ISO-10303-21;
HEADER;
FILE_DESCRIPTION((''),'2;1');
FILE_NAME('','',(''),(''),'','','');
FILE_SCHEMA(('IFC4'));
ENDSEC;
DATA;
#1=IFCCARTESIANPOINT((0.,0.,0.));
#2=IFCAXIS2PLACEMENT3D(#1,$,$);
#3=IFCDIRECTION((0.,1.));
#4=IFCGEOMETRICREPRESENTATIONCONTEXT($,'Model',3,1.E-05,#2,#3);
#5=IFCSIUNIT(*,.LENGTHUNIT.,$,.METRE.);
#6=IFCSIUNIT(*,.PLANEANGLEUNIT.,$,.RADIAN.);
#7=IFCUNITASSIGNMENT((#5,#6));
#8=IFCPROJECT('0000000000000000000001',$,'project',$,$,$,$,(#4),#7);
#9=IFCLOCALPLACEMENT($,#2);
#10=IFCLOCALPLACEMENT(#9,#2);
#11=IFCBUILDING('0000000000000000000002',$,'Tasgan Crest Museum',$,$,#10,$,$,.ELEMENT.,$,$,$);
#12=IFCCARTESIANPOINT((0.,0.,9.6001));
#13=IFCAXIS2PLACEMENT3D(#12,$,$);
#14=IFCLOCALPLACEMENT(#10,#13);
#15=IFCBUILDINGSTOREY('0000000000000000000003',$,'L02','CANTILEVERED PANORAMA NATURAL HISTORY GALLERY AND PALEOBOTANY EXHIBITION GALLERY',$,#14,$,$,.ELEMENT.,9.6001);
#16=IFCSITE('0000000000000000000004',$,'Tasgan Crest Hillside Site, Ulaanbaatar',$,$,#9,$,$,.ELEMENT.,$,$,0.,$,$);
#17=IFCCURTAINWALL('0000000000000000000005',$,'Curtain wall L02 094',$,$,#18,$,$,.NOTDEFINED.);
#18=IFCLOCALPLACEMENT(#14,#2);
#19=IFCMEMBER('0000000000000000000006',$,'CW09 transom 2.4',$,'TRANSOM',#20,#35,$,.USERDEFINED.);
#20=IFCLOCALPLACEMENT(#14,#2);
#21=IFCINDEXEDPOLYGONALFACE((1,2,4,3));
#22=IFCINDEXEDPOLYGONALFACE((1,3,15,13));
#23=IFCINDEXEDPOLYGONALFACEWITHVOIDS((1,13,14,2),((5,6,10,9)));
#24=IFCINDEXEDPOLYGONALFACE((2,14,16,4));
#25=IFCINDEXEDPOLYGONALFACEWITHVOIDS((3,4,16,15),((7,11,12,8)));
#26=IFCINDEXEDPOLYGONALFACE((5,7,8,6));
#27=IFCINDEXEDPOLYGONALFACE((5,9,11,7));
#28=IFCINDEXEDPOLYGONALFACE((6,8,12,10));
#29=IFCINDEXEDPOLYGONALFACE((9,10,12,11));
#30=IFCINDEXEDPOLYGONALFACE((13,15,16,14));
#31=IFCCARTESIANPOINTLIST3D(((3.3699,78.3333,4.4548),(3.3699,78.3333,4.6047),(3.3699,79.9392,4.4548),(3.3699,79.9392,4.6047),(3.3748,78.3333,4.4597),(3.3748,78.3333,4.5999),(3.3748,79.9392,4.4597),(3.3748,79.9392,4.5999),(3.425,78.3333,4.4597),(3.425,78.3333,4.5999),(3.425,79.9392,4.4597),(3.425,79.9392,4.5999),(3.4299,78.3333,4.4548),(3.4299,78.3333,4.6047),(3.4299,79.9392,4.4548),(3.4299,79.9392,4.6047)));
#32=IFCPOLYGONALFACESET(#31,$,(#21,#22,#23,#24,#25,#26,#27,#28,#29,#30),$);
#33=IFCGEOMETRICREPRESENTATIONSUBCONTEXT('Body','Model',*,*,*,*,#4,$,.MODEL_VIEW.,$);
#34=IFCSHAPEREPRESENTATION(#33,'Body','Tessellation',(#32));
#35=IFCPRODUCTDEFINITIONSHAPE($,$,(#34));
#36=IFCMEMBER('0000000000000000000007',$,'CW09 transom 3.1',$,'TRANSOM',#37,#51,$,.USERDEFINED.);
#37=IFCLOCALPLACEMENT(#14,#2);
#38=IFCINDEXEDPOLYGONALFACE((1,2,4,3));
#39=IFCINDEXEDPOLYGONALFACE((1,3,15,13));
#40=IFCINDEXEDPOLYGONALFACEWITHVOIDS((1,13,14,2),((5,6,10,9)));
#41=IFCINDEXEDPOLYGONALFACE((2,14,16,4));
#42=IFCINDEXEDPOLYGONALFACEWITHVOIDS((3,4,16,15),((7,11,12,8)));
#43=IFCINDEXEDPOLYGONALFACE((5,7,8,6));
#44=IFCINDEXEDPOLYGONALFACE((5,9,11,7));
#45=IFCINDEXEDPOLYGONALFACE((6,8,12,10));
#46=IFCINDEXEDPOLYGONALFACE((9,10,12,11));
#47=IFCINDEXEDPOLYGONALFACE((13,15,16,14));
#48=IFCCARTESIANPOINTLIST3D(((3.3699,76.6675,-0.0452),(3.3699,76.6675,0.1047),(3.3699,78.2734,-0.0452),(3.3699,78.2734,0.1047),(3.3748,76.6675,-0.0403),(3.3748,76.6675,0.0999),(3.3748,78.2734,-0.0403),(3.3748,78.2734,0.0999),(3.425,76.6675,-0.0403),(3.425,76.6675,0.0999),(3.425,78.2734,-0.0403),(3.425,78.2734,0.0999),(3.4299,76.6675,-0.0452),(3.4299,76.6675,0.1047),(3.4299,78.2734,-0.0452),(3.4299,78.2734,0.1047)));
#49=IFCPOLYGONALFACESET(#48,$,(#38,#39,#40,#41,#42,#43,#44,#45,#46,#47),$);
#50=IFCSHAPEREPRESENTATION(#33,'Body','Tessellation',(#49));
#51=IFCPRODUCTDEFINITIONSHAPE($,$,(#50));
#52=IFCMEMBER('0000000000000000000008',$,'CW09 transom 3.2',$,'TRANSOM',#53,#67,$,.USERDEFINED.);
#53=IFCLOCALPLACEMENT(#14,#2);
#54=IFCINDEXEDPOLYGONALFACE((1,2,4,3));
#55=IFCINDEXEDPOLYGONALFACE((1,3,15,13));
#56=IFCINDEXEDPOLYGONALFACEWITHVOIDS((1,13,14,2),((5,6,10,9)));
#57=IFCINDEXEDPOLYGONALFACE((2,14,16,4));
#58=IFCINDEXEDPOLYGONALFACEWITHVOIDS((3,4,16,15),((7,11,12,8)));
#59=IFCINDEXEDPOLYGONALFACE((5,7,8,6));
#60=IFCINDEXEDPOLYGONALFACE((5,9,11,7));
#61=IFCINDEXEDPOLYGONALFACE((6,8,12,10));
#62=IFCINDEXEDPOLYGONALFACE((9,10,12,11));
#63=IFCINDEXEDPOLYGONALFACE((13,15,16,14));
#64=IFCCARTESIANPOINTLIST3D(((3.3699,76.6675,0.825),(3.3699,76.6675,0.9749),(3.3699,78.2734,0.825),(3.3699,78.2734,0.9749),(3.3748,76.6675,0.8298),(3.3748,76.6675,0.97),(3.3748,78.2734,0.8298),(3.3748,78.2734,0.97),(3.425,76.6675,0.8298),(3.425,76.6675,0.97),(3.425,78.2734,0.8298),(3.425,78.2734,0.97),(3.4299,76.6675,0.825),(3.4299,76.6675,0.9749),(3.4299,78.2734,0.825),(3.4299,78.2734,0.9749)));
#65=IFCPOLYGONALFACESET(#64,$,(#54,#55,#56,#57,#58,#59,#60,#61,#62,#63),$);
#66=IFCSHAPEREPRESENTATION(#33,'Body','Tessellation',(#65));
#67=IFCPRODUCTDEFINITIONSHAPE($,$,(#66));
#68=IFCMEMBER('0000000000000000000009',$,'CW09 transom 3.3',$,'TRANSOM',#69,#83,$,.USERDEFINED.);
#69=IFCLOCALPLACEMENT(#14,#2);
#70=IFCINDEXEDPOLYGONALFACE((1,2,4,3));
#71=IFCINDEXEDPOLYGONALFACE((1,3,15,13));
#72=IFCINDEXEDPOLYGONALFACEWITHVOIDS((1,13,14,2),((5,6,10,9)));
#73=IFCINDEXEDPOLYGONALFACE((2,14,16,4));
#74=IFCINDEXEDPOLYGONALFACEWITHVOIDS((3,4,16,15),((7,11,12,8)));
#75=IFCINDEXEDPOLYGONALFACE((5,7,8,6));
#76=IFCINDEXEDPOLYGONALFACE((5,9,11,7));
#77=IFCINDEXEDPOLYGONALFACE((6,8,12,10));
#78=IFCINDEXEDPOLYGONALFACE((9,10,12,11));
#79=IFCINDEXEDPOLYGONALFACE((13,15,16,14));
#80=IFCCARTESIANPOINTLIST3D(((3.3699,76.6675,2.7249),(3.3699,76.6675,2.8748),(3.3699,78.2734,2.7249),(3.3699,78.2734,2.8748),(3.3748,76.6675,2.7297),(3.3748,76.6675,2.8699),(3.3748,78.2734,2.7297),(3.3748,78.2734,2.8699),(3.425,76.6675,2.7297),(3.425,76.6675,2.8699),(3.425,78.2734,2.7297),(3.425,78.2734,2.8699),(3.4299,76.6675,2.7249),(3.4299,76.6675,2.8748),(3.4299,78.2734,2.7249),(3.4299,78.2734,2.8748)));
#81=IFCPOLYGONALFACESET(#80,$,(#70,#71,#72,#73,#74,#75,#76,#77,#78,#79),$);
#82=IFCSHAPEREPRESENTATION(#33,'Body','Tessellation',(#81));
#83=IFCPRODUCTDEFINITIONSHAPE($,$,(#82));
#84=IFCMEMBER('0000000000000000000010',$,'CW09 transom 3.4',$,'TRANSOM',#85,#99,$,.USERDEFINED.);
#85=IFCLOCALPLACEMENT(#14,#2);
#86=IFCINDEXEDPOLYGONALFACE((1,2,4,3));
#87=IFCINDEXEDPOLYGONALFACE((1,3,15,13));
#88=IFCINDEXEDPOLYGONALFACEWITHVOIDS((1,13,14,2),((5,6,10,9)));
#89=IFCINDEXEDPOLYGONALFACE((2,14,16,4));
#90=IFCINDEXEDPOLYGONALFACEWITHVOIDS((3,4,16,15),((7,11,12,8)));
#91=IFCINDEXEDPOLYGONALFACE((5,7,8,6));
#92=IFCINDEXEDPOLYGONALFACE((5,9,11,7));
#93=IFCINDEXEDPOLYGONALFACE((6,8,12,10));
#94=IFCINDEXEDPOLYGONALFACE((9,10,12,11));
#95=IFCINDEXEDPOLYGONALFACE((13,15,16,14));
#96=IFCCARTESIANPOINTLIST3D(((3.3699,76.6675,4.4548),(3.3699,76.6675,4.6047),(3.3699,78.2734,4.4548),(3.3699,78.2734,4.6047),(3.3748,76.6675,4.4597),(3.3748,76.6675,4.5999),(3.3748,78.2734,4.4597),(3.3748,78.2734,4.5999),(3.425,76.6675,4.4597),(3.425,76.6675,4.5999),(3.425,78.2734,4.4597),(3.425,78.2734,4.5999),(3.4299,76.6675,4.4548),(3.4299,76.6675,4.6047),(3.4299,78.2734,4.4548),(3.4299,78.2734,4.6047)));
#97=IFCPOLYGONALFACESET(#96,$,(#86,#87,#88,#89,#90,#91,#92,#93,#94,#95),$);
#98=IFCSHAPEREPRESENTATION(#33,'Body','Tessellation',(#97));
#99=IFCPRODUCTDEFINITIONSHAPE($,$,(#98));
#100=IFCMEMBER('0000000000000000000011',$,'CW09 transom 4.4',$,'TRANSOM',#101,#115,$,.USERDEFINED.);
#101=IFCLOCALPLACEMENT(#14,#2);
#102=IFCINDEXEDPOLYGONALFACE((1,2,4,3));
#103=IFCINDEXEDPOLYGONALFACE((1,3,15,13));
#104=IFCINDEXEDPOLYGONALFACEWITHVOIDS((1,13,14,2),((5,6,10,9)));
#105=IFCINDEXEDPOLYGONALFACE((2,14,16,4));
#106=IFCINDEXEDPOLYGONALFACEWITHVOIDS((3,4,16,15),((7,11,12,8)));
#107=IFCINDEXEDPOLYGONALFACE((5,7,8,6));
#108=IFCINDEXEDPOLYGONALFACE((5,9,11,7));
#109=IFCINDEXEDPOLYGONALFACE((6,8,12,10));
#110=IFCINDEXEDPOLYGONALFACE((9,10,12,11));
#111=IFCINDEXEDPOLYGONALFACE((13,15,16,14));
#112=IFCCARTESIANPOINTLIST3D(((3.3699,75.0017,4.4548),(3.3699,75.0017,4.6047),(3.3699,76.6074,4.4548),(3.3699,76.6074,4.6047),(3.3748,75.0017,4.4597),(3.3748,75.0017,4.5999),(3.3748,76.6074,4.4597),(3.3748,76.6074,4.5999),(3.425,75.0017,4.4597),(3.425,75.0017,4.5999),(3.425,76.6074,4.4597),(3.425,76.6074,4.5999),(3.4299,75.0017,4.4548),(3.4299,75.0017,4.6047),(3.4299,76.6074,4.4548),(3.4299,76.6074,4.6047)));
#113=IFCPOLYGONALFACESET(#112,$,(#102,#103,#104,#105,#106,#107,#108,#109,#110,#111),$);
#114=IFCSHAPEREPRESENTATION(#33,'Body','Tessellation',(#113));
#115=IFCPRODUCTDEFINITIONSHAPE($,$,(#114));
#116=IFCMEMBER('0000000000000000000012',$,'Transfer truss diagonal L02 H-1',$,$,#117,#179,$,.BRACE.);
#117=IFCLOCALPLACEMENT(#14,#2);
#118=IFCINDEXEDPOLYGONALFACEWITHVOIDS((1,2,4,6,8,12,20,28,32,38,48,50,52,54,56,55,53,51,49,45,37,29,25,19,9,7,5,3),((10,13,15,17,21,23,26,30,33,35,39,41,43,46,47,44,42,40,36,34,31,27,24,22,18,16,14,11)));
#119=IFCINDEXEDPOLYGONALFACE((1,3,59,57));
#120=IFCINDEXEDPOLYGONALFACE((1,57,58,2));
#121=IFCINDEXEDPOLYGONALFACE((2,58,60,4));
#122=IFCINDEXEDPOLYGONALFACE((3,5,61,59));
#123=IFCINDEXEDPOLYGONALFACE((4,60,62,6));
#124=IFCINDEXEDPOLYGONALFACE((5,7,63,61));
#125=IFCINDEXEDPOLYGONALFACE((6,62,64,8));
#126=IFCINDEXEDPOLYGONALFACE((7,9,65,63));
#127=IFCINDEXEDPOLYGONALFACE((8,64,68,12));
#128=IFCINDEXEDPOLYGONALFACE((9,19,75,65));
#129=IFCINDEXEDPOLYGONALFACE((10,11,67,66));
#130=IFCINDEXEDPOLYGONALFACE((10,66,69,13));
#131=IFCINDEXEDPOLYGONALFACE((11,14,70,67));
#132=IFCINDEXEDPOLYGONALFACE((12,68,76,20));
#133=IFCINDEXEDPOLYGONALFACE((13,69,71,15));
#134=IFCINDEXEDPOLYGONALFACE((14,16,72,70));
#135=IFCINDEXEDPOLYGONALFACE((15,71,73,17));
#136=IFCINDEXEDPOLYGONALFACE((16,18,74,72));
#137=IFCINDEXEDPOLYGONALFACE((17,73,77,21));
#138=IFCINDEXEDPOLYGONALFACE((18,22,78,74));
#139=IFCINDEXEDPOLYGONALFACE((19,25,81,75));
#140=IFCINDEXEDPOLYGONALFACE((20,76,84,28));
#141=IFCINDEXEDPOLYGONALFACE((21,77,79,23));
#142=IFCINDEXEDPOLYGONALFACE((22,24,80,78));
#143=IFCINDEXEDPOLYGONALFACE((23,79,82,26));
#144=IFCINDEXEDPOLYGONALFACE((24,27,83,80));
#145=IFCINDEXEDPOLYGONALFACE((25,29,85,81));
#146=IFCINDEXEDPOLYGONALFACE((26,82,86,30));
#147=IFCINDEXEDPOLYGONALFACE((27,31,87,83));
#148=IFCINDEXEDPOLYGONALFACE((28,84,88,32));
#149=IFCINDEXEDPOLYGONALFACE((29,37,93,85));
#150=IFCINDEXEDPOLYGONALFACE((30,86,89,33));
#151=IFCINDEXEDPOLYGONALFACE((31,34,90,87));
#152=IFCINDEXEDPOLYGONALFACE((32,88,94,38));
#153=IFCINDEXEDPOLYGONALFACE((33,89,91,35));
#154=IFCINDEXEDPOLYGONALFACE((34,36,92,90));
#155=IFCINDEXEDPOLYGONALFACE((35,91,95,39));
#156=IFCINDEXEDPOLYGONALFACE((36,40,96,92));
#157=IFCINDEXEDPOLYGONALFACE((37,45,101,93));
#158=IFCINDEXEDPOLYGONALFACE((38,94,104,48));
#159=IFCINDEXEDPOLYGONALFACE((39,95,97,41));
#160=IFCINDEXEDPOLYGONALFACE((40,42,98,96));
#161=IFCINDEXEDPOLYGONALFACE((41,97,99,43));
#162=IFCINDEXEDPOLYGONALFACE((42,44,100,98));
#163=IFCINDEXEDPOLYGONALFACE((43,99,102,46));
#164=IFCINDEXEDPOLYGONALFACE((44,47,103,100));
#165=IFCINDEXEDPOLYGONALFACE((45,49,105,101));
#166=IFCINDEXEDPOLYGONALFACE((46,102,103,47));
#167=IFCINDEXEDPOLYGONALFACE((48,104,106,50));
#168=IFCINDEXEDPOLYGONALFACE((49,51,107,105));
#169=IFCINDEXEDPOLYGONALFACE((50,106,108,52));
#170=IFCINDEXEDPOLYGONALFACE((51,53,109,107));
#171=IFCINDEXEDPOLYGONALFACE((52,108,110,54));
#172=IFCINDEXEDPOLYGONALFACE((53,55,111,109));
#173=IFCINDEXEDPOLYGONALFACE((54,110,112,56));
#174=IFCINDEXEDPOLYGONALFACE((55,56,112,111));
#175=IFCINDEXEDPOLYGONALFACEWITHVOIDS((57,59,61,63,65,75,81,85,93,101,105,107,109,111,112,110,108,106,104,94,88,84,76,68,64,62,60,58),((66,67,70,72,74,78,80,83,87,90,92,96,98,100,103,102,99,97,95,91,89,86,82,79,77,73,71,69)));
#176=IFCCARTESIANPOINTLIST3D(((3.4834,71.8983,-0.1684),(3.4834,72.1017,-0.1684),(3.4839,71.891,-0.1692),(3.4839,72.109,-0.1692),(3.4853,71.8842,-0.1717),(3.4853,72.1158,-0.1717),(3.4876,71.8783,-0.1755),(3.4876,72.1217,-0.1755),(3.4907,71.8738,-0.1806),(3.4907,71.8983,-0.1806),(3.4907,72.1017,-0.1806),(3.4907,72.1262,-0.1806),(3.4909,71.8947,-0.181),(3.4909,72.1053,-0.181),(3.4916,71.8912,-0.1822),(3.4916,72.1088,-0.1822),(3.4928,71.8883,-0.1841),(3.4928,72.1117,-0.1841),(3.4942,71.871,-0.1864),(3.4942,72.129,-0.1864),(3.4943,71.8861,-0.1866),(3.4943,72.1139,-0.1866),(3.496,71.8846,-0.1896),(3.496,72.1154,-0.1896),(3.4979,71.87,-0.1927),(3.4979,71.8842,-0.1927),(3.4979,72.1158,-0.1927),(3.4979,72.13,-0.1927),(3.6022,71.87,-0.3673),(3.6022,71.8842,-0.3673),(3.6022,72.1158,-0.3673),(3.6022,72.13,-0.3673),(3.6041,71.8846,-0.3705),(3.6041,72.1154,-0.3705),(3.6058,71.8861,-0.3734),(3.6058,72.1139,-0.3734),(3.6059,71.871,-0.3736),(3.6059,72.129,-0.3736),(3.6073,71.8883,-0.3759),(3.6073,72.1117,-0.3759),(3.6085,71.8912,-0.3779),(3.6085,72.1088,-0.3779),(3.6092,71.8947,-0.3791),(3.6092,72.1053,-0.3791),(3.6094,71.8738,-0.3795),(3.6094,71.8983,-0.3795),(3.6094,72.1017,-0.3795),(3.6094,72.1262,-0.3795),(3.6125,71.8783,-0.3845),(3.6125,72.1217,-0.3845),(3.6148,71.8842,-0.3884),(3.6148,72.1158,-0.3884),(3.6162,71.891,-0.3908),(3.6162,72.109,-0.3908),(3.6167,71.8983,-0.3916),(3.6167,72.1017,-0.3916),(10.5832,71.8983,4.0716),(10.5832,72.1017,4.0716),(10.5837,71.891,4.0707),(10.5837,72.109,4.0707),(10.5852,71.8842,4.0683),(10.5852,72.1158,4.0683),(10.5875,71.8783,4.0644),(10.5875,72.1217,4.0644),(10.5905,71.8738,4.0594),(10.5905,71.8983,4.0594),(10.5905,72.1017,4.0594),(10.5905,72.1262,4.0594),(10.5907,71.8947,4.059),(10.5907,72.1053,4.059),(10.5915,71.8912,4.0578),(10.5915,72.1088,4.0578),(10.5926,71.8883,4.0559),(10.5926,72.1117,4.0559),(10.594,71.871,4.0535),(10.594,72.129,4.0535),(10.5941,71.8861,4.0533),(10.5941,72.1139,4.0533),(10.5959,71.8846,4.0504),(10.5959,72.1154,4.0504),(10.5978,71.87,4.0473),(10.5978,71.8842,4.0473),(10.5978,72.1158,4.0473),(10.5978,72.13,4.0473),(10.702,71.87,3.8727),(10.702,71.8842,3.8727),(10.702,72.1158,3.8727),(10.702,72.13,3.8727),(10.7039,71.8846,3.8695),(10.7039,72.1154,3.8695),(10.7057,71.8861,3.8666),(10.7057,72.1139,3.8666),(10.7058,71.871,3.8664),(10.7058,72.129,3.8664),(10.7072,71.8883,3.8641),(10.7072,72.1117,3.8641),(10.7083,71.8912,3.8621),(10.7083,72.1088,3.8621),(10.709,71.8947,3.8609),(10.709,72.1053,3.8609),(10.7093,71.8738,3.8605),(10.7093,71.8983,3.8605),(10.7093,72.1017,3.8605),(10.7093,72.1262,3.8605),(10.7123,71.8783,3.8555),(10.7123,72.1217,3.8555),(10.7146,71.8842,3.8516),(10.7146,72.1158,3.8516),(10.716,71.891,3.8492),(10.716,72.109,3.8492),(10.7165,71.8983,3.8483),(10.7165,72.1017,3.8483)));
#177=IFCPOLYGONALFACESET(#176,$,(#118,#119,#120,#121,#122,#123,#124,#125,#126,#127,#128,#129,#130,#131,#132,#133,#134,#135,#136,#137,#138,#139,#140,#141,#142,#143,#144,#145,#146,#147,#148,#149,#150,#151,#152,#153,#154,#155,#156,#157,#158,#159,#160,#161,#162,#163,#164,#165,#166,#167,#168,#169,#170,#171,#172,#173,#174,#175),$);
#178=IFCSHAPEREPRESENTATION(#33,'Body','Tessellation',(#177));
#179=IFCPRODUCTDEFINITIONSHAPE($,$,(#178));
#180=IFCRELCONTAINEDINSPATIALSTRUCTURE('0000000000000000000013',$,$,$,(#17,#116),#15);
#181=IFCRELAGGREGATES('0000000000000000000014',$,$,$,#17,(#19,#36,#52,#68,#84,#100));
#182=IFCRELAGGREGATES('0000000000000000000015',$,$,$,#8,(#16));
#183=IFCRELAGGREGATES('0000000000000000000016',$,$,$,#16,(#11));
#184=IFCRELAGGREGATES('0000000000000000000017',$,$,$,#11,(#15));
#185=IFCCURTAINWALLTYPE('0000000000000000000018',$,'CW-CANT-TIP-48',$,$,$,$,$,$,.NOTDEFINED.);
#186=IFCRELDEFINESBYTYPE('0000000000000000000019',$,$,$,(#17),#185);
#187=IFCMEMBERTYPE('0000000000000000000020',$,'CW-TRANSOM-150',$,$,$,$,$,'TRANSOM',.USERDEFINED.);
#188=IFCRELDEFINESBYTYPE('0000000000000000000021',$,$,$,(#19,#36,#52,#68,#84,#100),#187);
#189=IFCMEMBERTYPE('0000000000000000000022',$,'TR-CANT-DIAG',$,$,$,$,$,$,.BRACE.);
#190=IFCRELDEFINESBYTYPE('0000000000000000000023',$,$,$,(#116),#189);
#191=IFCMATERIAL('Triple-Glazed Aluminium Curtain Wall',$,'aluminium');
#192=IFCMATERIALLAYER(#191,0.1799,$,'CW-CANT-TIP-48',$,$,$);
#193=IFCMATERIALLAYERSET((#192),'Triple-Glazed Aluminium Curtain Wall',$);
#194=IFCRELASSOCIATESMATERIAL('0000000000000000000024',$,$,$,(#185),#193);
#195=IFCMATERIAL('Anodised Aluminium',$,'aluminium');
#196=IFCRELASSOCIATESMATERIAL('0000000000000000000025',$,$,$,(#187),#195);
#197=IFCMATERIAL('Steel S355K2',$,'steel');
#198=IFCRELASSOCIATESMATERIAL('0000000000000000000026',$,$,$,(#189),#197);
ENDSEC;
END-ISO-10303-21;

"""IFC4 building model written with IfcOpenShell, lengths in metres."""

from ifc_helpers import new_model, si_unit, direction, frame, origin, origin_2d, place, context, subcontext, project, spatial, hollow_rectangle, extrude, material, layer, layer_set, material_profile, profile_set, type_object, element, aggregate, save


model = new_model("IFC4")

# Units and contexts
model_context = context("Model", 3, precision=1e-05, world=origin(), true_north=direction((0.0, 1.0)))
body_context = subcontext(model_context, "Body", "Model", "MODEL_VIEW")
ifc_project = project(units=[si_unit("LENGTHUNIT", "METRE"), si_unit("PLANEANGLEUNIT", "RADIAN")], contexts=[model_context])

# Site, building, storey
site_placement = place(None, origin())
site = spatial("IfcSite", under=ifc_project, at=site_placement, Name="Tasgan Crest Hillside Site, Ulaanbaatar", CompositionType="ELEMENT", RefElevation=0.0)
building_placement = place(site_placement, origin())
building = spatial("IfcBuilding", under=site, at=building_placement, Name="Tasgan Crest Museum", CompositionType="ELEMENT")
storey_placement = place(building_placement, frame((0.0, 0.0, 9.6001)))
storey = spatial("IfcBuildingStorey", under=building, at=storey_placement, Name="L02", Description="CANTILEVERED PANORAMA NATURAL HISTORY GALLERY AND PALEOBOTANY EXHIBITION GALLERY", CompositionType="ELEMENT", Elevation=9.6001)

# Curtain wall, members
ifc_material_1 = material(Name="Triple-Glazed Aluminium Curtain Wall", Category="aluminium")
ifc_layer_1 = layer(ifc_material_1, 0.1799, Name="CW-CANT-TIP-48")
ifc_layer_set_1 = layer_set([ifc_layer_1], Name="Triple-Glazed Aluminium Curtain Wall")
curtain_wall_type = type_object("IfcCurtainWallType", Name="CW-CANT-TIP-48", PredefinedType="NOTDEFINED", material=ifc_layer_set_1)
curtain_wall_placement = place(storey_placement, origin())
curtain_wall = element("IfcCurtainWall", 1, at=curtain_wall_placement, inside=storey, type_object=curtain_wall_type, Name="Curtain wall L02 094", PredefinedType="NOTDEFINED")
ifc_material_2 = material(Name="Anodised Aluminium", Category="aluminium")
ifc_material_profile_1 = material_profile(ifc_material_2, hollow_rectangle(XDim=0.0601, YDim=0.1499, WallThickness=0.0049, at=origin_2d()), Name="ALU TRANSOM 150x60x5")
ifc_profile_set_1 = profile_set([ifc_material_profile_1], Name="Anodised Aluminium")
member_type_1 = type_object("IfcMemberType", Name="CW-TRANSOM-150", ElementType="TRANSOM", PredefinedType="USERDEFINED", material=ifc_profile_set_1)
member_1_placement = place(storey_placement, frame((3.3999, 79.9392, 4.5298), z_axis=(0.0, -1.0, 0.0), x_axis=(1.0, 0.0, 0.0)))
member_1 = element("IfcMember", 2, at=member_1_placement, type_object=member_type_1, Name="CW09 transom 2.4", ObjectType="TRANSOM", PredefinedType="USERDEFINED", context=body_context, shape_type="SweptSolid", body=[
    extrude(hollow_rectangle(XDim=0.0601, YDim=0.1499, WallThickness=0.0049, at=origin_2d()), origin(), (0.0, 0.0, 1.0), 1.606),
])
member_2_placement = place(storey_placement, frame((3.3999, 78.2734, 0.0298), z_axis=(0.0, -1.0, 0.0), x_axis=(1.0, 0.0, 0.0)))
member_2 = element("IfcMember", 3, at=member_2_placement, type_object=member_type_1, Name="CW09 transom 3.1", ObjectType="TRANSOM", PredefinedType="USERDEFINED", context=body_context, shape_type="SweptSolid", body=[
    extrude(hollow_rectangle(XDim=0.0601, YDim=0.1499, WallThickness=0.0049, at=origin_2d()), origin(), (0.0, 0.0, 1.0), 1.606),
])
member_3_placement = place(storey_placement, frame((3.3999, 78.2734, 0.8999), z_axis=(0.0, -1.0, 0.0), x_axis=(1.0, 0.0, 0.0)))
member_3 = element("IfcMember", 4, at=member_3_placement, type_object=member_type_1, Name="CW09 transom 3.2", ObjectType="TRANSOM", PredefinedType="USERDEFINED", context=body_context, shape_type="SweptSolid", body=[
    extrude(hollow_rectangle(XDim=0.0601, YDim=0.1499, WallThickness=0.0049, at=origin_2d()), origin(), (0.0, 0.0, 1.0), 1.606),
])
member_4_placement = place(storey_placement, frame((3.3999, 78.2734, 2.7998), z_axis=(0.0, -1.0, 0.0), x_axis=(1.0, 0.0, 0.0)))
member_4 = element("IfcMember", 5, at=member_4_placement, type_object=member_type_1, Name="CW09 transom 3.3", ObjectType="TRANSOM", PredefinedType="USERDEFINED", context=body_context, shape_type="SweptSolid", body=[
    extrude(hollow_rectangle(XDim=0.0601, YDim=0.1499, WallThickness=0.0049, at=origin_2d()), origin(), (0.0, 0.0, 1.0), 1.606),
])
member_5_placement = place(storey_placement, frame((3.3999, 78.2734, 4.5298), z_axis=(0.0, -1.0, 0.0), x_axis=(1.0, 0.0, 0.0)))
member_5 = element("IfcMember", 6, at=member_5_placement, type_object=member_type_1, Name="CW09 transom 3.4", ObjectType="TRANSOM", PredefinedType="USERDEFINED", context=body_context, shape_type="SweptSolid", body=[
    extrude(hollow_rectangle(XDim=0.0601, YDim=0.1499, WallThickness=0.0049, at=origin_2d()), origin(), (0.0, 0.0, 1.0), 1.606),
])
member_6_placement = place(storey_placement, frame((3.3999, 76.6074, 4.5298), z_axis=(0.0, -1.0, 0.0), x_axis=(1.0, 0.0, 0.0)))
member_6 = element("IfcMember", 7, at=member_6_placement, type_object=member_type_1, Name="CW09 transom 4.4", ObjectType="TRANSOM", PredefinedType="USERDEFINED", context=body_context, shape_type="SweptSolid", body=[
    extrude(hollow_rectangle(XDim=0.0601, YDim=0.1499, WallThickness=0.0049, at=origin_2d()), origin(), (0.0, 0.0, 1.0), 1.6057),
])

# Member
ifc_material_3 = material(Name="Steel S355K2", Category="steel")
ifc_material_profile_2 = material_profile(ifc_material_3, hollow_rectangle(XDim=0.26, YDim=0.26, WallThickness=0.0142, InnerFilletRadius=0.0142, OuterFilletRadius=0.0283, at=origin_2d()), Name="SHS 260x260x14.2")
ifc_profile_set_2 = profile_set([ifc_material_profile_2], Name="Steel S355K2")
member_type_2 = type_object("IfcMemberType", Name="TR-CANT-DIAG", PredefinedType="BRACE", material=ifc_profile_set_2)
member_7_placement = place(storey_placement, frame((3.55, 72.0, -0.28), z_axis=(0.858554, 0.0, 0.512723), x_axis=(0.0, 1.0, 0.0)))
element("IfcMember", 8, at=member_7_placement, inside=storey, type_object=member_type_2, Name="Transfer truss diagonal L02 H-1", PredefinedType="BRACE", context=body_context, shape_type="SweptSolid", body=[
    extrude(hollow_rectangle(XDim=0.26, YDim=0.26, WallThickness=0.0142, InnerFilletRadius=0.0142, OuterFilletRadius=0.0283, at=origin_2d()), origin(), (0.0, 0.0, 1.0), 8.2695),
])

aggregate(curtain_wall, [member_1, member_2, member_3, member_4, member_5, member_6])

save(model, "model.ifc")
